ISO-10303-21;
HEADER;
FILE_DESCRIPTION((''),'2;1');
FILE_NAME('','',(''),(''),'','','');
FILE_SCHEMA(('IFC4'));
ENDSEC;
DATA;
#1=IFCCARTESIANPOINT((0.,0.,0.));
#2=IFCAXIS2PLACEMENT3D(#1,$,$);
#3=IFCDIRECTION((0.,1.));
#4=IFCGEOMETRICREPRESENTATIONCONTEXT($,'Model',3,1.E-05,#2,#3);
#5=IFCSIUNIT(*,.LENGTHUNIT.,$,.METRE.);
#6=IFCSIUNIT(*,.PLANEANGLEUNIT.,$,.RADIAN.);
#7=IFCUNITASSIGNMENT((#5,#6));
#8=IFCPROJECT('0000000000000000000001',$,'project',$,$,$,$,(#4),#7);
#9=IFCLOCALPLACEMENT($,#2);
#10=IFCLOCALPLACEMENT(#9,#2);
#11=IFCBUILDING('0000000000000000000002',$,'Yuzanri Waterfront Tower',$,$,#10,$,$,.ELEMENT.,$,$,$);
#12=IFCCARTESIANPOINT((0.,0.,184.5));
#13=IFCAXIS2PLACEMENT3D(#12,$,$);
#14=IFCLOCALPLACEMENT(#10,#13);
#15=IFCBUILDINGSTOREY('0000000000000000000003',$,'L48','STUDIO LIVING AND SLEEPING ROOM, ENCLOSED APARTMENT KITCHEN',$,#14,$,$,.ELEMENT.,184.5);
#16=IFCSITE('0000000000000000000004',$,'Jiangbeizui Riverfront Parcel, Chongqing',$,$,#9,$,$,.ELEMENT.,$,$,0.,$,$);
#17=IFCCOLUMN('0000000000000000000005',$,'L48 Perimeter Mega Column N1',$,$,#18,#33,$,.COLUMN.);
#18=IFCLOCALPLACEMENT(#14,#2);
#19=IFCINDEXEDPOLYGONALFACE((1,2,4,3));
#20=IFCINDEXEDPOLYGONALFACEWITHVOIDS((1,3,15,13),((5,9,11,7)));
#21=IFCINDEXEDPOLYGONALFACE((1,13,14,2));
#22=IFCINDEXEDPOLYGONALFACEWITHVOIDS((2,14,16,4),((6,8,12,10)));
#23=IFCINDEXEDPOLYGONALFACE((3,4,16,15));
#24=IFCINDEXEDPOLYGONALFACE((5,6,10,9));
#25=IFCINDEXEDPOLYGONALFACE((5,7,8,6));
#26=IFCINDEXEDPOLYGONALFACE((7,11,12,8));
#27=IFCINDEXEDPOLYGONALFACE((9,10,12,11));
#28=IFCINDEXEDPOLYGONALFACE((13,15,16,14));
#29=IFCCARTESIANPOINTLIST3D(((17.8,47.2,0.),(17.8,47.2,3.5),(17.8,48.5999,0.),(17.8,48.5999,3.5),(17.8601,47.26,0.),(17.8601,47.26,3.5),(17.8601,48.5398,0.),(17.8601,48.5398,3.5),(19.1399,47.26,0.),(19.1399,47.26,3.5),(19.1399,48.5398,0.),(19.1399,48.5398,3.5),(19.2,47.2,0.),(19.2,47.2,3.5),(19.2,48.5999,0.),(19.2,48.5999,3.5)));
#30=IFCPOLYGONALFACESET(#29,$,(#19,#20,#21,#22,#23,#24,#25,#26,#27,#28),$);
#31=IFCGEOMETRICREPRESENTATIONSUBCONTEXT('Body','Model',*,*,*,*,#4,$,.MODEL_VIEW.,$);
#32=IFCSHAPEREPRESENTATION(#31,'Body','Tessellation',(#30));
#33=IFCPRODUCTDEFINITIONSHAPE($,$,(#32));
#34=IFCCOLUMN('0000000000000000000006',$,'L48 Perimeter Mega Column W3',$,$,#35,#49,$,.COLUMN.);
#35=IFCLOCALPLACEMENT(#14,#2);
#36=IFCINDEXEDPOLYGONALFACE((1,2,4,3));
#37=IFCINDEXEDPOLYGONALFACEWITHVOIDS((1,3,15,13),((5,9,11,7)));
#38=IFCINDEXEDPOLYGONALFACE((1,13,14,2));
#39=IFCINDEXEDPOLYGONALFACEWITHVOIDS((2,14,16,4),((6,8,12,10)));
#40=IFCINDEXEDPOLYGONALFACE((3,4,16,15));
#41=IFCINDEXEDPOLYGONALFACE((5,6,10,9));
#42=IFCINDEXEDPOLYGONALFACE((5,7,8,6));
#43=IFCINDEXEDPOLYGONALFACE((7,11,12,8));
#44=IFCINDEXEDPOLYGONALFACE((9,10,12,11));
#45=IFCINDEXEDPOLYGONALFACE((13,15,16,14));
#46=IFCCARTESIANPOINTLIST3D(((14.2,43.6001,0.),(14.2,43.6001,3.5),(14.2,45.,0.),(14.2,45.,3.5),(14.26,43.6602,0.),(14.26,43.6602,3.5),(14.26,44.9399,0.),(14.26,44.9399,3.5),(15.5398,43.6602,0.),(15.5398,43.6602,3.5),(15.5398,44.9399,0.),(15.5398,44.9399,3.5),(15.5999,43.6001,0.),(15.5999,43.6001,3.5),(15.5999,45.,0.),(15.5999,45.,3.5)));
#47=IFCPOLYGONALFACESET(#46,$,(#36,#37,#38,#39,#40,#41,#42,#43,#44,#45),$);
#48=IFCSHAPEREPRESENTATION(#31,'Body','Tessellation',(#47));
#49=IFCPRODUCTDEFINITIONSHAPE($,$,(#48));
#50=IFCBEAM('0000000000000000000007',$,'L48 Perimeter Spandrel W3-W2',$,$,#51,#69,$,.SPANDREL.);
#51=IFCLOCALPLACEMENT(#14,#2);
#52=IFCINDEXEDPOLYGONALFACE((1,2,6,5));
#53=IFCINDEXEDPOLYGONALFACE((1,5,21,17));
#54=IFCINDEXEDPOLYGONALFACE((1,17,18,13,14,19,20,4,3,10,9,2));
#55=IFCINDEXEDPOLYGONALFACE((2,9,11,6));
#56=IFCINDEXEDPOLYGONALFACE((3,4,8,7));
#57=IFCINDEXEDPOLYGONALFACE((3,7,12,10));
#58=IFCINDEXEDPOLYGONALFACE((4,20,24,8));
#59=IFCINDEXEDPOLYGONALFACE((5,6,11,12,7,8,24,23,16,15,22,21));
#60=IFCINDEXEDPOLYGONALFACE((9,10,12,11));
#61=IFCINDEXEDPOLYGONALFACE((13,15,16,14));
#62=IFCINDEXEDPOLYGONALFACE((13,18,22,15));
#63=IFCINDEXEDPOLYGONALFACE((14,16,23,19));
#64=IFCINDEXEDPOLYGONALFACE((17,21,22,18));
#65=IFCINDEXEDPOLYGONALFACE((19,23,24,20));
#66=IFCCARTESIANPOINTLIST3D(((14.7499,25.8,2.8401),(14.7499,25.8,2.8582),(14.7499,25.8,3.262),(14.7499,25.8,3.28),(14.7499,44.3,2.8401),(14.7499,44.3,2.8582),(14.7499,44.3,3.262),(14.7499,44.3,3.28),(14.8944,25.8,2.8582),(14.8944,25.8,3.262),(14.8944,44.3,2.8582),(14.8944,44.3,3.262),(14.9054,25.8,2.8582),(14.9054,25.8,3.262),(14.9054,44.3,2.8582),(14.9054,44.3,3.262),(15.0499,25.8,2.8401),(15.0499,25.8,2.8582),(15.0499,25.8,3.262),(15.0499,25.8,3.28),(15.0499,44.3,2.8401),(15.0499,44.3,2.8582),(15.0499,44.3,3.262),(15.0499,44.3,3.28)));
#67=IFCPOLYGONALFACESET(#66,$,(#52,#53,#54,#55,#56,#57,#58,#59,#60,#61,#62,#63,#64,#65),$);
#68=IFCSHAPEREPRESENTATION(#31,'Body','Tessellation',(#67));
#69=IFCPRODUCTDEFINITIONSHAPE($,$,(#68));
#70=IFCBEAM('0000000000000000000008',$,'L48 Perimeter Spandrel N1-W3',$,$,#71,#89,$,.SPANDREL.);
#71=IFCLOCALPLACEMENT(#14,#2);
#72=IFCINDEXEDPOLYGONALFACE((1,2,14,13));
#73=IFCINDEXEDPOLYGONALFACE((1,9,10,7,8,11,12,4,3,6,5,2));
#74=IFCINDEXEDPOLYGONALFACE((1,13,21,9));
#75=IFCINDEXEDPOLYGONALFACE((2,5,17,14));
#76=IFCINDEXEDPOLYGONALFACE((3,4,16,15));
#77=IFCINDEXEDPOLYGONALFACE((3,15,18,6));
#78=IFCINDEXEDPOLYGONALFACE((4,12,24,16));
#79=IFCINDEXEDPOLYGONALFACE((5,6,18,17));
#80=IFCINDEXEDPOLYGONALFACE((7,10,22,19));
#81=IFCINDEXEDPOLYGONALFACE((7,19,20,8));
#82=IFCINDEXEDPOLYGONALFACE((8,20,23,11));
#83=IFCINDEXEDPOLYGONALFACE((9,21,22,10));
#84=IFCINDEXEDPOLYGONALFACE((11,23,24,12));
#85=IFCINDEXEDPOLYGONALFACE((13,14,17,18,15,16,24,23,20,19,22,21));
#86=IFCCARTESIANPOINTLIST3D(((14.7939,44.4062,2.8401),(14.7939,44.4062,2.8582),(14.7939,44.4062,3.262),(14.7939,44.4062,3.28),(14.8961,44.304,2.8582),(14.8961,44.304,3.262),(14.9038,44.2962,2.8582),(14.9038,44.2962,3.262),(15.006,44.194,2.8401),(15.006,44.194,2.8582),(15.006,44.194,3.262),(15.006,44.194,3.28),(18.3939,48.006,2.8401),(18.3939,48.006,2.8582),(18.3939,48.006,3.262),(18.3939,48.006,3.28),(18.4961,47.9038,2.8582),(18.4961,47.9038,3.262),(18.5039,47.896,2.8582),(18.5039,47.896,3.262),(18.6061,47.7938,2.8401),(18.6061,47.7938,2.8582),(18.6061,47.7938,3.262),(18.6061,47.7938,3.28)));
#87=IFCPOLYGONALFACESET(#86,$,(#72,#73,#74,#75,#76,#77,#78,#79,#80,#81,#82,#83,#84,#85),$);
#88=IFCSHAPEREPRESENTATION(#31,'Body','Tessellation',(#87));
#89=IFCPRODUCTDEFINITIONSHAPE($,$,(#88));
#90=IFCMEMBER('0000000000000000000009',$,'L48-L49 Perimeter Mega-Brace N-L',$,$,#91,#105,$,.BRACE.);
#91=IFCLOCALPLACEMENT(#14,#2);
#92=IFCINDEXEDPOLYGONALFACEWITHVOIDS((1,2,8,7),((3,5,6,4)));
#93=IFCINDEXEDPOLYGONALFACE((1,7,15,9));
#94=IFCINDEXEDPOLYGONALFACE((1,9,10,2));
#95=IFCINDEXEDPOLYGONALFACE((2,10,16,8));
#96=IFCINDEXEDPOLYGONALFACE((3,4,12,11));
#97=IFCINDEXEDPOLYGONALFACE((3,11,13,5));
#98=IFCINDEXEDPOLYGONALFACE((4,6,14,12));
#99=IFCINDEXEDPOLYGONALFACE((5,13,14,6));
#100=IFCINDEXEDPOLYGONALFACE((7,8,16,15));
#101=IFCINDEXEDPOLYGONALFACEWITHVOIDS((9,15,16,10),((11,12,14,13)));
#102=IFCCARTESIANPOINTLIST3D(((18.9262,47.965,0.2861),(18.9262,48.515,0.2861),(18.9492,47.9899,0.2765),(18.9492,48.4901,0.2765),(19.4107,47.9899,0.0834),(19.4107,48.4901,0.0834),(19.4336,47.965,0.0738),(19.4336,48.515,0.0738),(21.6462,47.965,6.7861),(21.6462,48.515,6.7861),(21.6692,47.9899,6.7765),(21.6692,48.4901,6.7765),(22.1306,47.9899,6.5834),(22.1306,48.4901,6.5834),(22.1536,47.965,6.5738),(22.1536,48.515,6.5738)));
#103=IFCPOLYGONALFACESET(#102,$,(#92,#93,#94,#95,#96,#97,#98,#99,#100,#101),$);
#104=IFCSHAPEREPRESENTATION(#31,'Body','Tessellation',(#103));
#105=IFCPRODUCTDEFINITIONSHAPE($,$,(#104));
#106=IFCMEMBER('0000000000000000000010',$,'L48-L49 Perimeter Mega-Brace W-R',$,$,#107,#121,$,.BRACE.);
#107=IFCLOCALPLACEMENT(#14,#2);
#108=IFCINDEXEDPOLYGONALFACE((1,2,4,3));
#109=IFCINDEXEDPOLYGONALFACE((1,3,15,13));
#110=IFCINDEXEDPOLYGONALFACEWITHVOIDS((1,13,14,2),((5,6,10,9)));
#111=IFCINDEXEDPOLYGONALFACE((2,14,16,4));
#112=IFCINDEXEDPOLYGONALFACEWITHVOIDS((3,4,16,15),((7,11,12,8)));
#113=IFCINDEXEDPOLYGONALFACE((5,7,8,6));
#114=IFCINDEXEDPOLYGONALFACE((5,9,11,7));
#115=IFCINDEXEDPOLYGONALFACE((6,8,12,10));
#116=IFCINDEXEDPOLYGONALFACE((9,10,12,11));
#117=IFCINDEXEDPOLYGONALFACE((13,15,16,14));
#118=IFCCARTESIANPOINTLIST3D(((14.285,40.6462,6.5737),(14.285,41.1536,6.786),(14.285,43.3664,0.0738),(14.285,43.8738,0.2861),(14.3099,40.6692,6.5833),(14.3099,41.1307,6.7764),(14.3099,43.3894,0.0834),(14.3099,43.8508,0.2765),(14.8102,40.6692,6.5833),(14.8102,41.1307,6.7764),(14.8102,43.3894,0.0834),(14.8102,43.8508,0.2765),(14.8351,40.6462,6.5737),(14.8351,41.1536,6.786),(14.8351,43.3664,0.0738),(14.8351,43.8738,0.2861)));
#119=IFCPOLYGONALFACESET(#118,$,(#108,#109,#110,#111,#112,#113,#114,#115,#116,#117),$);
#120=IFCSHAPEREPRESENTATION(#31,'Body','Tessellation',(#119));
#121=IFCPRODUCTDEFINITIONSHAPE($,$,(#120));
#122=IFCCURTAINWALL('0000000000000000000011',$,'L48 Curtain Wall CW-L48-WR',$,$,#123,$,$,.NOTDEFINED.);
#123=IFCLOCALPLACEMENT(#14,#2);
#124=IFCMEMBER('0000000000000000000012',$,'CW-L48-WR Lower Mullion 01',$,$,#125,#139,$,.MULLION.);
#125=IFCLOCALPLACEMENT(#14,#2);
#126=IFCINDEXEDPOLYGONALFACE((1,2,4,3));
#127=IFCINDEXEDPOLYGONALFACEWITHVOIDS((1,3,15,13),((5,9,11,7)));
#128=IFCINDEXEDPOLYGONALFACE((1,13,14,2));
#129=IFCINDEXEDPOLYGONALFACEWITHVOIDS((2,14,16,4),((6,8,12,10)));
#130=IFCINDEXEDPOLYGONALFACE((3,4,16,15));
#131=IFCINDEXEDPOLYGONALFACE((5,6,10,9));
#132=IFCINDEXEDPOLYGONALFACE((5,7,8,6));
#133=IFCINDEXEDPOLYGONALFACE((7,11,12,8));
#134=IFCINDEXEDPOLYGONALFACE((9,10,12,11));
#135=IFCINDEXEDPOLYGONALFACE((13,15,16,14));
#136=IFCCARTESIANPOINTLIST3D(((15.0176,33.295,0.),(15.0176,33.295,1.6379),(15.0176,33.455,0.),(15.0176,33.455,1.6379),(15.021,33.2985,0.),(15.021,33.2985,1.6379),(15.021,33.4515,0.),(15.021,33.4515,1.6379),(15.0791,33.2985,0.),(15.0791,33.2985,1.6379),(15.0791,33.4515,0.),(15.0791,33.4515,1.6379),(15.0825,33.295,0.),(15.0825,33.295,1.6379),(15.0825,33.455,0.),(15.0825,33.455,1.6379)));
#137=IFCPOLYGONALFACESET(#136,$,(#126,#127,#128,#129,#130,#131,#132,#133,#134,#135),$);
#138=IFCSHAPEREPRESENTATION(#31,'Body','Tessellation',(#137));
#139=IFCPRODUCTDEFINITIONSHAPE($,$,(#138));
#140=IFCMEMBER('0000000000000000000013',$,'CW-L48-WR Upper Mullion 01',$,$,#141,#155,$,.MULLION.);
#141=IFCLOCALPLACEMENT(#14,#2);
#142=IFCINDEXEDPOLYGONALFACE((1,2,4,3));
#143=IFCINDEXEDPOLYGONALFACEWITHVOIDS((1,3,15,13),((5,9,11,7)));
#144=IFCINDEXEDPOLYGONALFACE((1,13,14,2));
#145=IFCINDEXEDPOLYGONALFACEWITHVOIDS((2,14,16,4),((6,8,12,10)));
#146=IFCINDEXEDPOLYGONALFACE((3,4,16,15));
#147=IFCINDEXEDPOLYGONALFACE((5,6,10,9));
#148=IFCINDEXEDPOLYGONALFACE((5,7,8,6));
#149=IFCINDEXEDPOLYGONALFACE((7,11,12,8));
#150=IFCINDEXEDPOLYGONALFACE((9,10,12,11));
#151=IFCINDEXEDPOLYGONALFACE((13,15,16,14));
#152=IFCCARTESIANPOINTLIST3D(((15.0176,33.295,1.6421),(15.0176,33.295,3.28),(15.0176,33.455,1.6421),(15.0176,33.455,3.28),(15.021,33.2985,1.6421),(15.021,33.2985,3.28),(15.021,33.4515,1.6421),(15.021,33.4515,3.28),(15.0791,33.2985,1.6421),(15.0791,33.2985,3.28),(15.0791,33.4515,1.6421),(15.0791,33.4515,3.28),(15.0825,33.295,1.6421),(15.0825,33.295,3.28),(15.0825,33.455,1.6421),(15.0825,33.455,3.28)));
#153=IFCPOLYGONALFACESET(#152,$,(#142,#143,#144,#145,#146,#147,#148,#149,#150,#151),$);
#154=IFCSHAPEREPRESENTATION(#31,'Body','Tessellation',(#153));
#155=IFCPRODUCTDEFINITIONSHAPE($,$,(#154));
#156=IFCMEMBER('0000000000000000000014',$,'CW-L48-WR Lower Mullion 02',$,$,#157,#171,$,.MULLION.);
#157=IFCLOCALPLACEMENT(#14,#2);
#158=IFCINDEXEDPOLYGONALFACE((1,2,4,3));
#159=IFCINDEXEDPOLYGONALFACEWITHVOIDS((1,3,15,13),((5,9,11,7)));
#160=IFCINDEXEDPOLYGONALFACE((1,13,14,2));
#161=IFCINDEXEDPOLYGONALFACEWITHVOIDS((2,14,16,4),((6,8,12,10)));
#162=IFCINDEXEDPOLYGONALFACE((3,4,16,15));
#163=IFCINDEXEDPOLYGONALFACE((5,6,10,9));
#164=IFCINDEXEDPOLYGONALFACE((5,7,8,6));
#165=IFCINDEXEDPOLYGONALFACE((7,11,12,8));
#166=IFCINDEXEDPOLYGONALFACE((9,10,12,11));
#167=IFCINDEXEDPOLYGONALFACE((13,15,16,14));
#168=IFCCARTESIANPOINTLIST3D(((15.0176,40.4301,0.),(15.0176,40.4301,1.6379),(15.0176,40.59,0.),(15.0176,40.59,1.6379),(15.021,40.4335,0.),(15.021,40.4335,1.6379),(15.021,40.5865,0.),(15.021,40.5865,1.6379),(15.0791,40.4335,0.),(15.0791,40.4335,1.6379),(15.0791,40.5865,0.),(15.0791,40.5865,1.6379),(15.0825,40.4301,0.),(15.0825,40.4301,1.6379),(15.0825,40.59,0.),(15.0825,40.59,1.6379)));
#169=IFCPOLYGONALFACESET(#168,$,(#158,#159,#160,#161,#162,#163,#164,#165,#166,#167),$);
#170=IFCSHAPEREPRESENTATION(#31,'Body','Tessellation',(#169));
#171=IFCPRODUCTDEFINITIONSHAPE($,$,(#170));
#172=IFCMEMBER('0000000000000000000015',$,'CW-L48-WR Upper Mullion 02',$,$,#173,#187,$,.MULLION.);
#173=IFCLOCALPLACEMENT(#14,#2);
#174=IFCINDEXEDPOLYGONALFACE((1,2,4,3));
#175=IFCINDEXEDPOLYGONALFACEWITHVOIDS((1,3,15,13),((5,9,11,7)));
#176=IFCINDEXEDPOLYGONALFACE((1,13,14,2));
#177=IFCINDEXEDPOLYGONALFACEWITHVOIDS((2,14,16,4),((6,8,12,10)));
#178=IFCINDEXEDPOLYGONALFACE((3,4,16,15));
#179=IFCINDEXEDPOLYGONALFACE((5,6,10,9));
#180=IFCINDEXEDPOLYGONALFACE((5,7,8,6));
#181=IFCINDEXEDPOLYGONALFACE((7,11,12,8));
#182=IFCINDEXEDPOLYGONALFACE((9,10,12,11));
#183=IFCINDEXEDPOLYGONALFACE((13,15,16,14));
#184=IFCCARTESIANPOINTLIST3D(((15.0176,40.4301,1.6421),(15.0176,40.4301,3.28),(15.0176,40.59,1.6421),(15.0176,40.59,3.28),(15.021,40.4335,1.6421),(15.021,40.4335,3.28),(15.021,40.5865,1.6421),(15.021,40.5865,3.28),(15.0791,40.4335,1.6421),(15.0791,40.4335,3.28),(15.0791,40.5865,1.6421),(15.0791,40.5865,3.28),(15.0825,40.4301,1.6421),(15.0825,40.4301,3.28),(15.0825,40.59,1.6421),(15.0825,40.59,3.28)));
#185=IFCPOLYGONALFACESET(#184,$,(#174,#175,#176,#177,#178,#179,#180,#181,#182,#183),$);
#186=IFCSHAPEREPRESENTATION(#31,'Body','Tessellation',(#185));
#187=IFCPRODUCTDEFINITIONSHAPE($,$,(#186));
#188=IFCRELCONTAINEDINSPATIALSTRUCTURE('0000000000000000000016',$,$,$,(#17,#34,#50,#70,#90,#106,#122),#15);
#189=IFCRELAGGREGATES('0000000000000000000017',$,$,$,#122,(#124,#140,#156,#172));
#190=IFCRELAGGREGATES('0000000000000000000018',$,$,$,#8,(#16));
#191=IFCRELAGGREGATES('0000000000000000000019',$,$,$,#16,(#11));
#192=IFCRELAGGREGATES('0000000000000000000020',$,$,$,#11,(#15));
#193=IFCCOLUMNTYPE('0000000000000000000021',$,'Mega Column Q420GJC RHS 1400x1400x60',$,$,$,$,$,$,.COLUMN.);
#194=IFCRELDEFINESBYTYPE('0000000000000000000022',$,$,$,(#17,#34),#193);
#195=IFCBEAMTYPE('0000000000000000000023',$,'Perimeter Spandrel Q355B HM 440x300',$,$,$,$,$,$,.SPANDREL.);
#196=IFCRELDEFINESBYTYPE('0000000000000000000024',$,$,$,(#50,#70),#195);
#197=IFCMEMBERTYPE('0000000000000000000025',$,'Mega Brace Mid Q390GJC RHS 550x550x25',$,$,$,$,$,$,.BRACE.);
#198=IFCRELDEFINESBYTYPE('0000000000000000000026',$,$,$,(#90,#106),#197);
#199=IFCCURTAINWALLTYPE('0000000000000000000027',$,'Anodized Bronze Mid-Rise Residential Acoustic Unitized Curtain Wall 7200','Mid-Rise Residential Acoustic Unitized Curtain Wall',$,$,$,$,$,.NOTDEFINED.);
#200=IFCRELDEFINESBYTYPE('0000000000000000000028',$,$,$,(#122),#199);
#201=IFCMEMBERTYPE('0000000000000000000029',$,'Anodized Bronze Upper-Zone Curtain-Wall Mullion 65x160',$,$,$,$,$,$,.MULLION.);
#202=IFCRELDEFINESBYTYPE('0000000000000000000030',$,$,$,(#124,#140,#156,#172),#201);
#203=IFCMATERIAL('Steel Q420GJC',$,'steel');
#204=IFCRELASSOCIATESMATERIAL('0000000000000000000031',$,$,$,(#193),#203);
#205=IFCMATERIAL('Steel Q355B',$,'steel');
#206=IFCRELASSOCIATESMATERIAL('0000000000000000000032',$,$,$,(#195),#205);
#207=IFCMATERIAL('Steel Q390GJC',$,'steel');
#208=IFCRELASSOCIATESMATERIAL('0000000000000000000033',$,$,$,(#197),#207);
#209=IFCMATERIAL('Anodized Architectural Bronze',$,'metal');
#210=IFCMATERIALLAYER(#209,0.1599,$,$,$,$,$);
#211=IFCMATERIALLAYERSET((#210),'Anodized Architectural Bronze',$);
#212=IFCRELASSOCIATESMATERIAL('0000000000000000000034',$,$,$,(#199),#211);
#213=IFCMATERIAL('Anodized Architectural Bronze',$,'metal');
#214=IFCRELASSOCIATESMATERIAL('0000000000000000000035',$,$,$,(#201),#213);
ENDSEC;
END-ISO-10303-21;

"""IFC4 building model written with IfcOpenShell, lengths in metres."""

from ifc_helpers import new_model, si_unit, direction, frame, origin, origin_2d, place, context, subcontext, project, spatial, hollow_rectangle, i_section, extrude, source, transform, mapped, material, layer, layer_set, material_profile, profile_set, type_object, element, aggregate, save


model = new_model("IFC4")

# Units and contexts
model_context = context("Model", 3, precision=1e-05, world=origin(), true_north=direction((0.0, 1.0)))
body_context = subcontext(model_context, "Body", "Model", "MODEL_VIEW")
ifc_project = project(units=[si_unit("LENGTHUNIT", "METRE"), si_unit("PLANEANGLEUNIT", "RADIAN")], contexts=[model_context])

# Site, building, storey
site_placement = place(None, origin())
site = spatial("IfcSite", under=ifc_project, at=site_placement, Name="Jiangbeizui Riverfront Parcel, Chongqing", CompositionType="ELEMENT", RefElevation=0.0)
building_placement = place(site_placement, origin())
building = spatial("IfcBuilding", under=site, at=building_placement, Name="Yuzanri Waterfront Tower", CompositionType="ELEMENT")
storey_placement = place(building_placement, frame((0.0, 0.0, 184.5)))
storey = spatial("IfcBuildingStorey", under=building, at=storey_placement, Name="L48", Description="STUDIO LIVING AND SLEEPING ROOM, ENCLOSED APARTMENT KITCHEN", CompositionType="ELEMENT", Elevation=184.5)

# Columns
ifc_material_1 = material(Name="Steel Q420GJC", Category="steel")
ifc_material_profile_1 = material_profile(ifc_material_1, hollow_rectangle(XDim=1.3999, YDim=1.3999, WallThickness=0.0601, at=origin_2d()), Name="RHS 1400x1400x60")
ifc_profile_set_1 = profile_set([ifc_material_profile_1], Name="Steel Q420GJC")
column_type = type_object("IfcColumnType", Name="Mega Column Q420GJC RHS 1400x1400x60", PredefinedType="COLUMN", material=ifc_profile_set_1)
shared_shape_1 = source(origin(), body_context, "Body", "SweptSolid", [
    extrude(hollow_rectangle(XDim=1.3999, YDim=1.3999, WallThickness=0.0601, at=origin_2d()), origin(), (0.0, 0.0, 1.0), 3.5),
])
for number, where, z_axis, x_axis, name in (
    (1, (18.5, 47.8999, 0.0), (0.0, 0.0, 1.0), (1.0, 0.0, 0.0), "L48 Perimeter Mega Column N1"),
    (2, (14.8999, 44.3, 0.0), (0.0, 0.0, 1.0), (1.0, 0.0, 0.0), "L48 Perimeter Mega Column W3"),
):
    element("IfcColumn", number, at=place(storey_placement, frame(where, z_axis=z_axis, x_axis=x_axis)), inside=storey, type_object=column_type, Name=name, PredefinedType="COLUMN", context=body_context, shape_type="MappedRepresentation", body=[
        mapped(shared_shape_1, transform((0.0, 0.0, 0.0), scale=1.0)),
    ])

# Beams
ifc_material_2 = material(Name="Steel Q355B", Category="steel")
ifc_material_profile_2 = material_profile(ifc_material_2, i_section(OverallWidth=0.3, OverallDepth=0.4399, WebThickness=0.011, FlangeThickness=0.0181, at=origin_2d()), Name="HM 440x300x11x18")
ifc_profile_set_2 = profile_set([ifc_material_profile_2], Name="Steel Q355B")
beam_type = type_object("IfcBeamType", Name="Perimeter Spandrel Q355B HM 440x300", PredefinedType="SPANDREL", material=ifc_profile_set_2)
shared_shape_2 = source(origin(), body_context, "Body", "SweptSolid", [
    extrude(i_section(OverallWidth=0.3, OverallDepth=0.4399, WebThickness=0.011, FlangeThickness=0.0181, at=origin_2d()), origin(), (0.0, 0.0, 1.0), 18.5),
])
beam_1_placement = place(storey_placement, frame((14.8999, 44.3, 3.0601), z_axis=(0.0, -1.0, 0.0), x_axis=(1.0, 0.0, 0.0)))
element("IfcBeam", 3, at=beam_1_placement, inside=storey, type_object=beam_type, Name="L48 Perimeter Spandrel W3-W2", PredefinedType="SPANDREL", context=body_context, shape_type="MappedRepresentation", body=[
    mapped(shared_shape_2, transform((0.0, 0.0, 0.0), scale=1.0)),
])
shared_shape_3 = source(origin(), body_context, "Body", "SweptSolid", [
    extrude(i_section(OverallWidth=0.3, OverallDepth=0.4399, WebThickness=0.011, FlangeThickness=0.0181, at=origin_2d()), origin(), (0.0, 0.0, 1.0), 5.0911),
])
beam_2_placement = place(storey_placement, frame((18.5, 47.8999, 3.0601), z_axis=(-0.707131, -0.707083, 0.0), x_axis=(0.707083, -0.707131, 0.0)))
element("IfcBeam", 4, at=beam_2_placement, inside=storey, type_object=beam_type, Name="L48 Perimeter Spandrel N1-W3", PredefinedType="SPANDREL", context=body_context, shape_type="MappedRepresentation", body=[
    mapped(shared_shape_3, transform((0.0, 0.0, 0.0), scale=1.0)),
])

# Members
ifc_material_3 = material(Name="Steel Q390GJC", Category="steel")
ifc_material_profile_3 = material_profile(ifc_material_3, hollow_rectangle(XDim=0.55, YDim=0.55, WallThickness=0.0249, at=origin_2d()), Name="RHS 550x550x25")
ifc_profile_set_3 = profile_set([ifc_material_profile_3], Name="Steel Q390GJC")
member_type_1 = type_object("IfcMemberType", Name="Mega Brace Mid Q390GJC RHS 550x550x25", PredefinedType="BRACE", material=ifc_profile_set_3)
shared_shape_4 = source(origin(), body_context, "Body", "SweptSolid", [
    extrude(hollow_rectangle(XDim=0.55, YDim=0.55, WallThickness=0.0249, at=origin_2d()), origin(), (0.0, 0.0, 1.0), 7.0461),
])
for number, where, z_axis, x_axis, name in (
    (5, (19.1799, 48.24, 0.1799), (0.386022, 0.0, 0.922489), (0.0, 1.0, 0.0), "L48-L49 Perimeter Mega-Brace N-L"),
    (6, (14.5601, 43.6201, 0.1799), (0.0, -0.386052, 0.922477), (1.0, 0.0, 0.0), "L48-L49 Perimeter Mega-Brace W-R"),
):
    element("IfcMember", number, at=place(storey_placement, frame(where, z_axis=z_axis, x_axis=x_axis)), inside=storey, type_object=member_type_1, Name=name, PredefinedType="BRACE", context=body_context, shape_type="MappedRepresentation", body=[
        mapped(shared_shape_4, transform((0.0, 0.0, 0.0), scale=1.0)),
    ])

# Curtain wall, members
ifc_material_4 = material(Name="Anodized Architectural Bronze", Category="metal")
ifc_layer_1 = layer(ifc_material_4, 0.1599)
ifc_layer_set_1 = layer_set([ifc_layer_1], Name="Anodized Architectural Bronze")
curtain_wall_type = type_object("IfcCurtainWallType", Name="Anodized Bronze Mid-Rise Residential Acoustic Unitized Curtain Wall 7200", Description="Mid-Rise Residential Acoustic Unitized Curtain Wall", PredefinedType="NOTDEFINED", material=ifc_layer_set_1)
curtain_wall_placement = place(storey_placement, origin())
curtain_wall = element("IfcCurtainWall", 7, at=curtain_wall_placement, inside=storey, type_object=curtain_wall_type, Name="L48 Curtain Wall CW-L48-WR", PredefinedType="NOTDEFINED")
ifc_material_5 = material(Name="Anodized Architectural Bronze", Category="metal")
ifc_material_profile_4 = material_profile(ifc_material_5, hollow_rectangle(XDim=0.0649, YDim=0.1599, WallThickness=0.0034, at=origin_2d()), Name="CWM 65x160")
ifc_profile_set_4 = profile_set([ifc_material_profile_4], Name="Anodized Architectural Bronze")
member_type_2 = type_object("IfcMemberType", Name="Anodized Bronze Upper-Zone Curtain-Wall Mullion 65x160", PredefinedType="MULLION", material=ifc_profile_set_4)
shared_shape_5 = source(origin(), body_context, "Body", "SweptSolid", [
    extrude(hollow_rectangle(XDim=0.0649, YDim=0.1599, WallThickness=0.0034, at=origin_2d()), origin(), (0.0, 0.0, 1.0), 1.6379),
])
member_1_placement = place(storey_placement, frame((15.05, 33.375, 0.0), z_axis=(0.0, 0.0, 1.0), x_axis=(1.0, 0.0, 0.0)))
member_1 = element("IfcMember", 8, at=member_1_placement, type_object=member_type_2, Name="CW-L48-WR Lower Mullion 01", PredefinedType="MULLION", context=body_context, shape_type="MappedRepresentation", body=[
    mapped(shared_shape_5, transform((0.0, 0.0, 0.0), scale=1.0)),
])
member_2_placement = place(storey_placement, frame((15.05, 33.375, 1.6421), z_axis=(0.0, 0.0, 1.0), x_axis=(1.0, 0.0, 0.0)))
member_2 = element("IfcMember", 9, at=member_2_placement, type_object=member_type_2, Name="CW-L48-WR Upper Mullion 01", PredefinedType="MULLION", context=body_context, shape_type="MappedRepresentation", body=[
    mapped(shared_shape_5, transform((0.0, 0.0, 0.0), scale=1.0)),
])
member_3_placement = place(storey_placement, frame((15.05, 40.51, 0.0), z_axis=(0.0, 0.0, 1.0), x_axis=(1.0, 0.0, 0.0)))
member_3 = element("IfcMember", 10, at=member_3_placement, type_object=member_type_2, Name="CW-L48-WR Lower Mullion 02", PredefinedType="MULLION", context=body_context, shape_type="MappedRepresentation", body=[
    mapped(shared_shape_5, transform((0.0, 0.0, 0.0), scale=1.0)),
])
member_4_placement = place(storey_placement, frame((15.05, 40.51, 1.6421), z_axis=(0.0, 0.0, 1.0), x_axis=(1.0, 0.0, 0.0)))
member_4 = element("IfcMember", 11, at=member_4_placement, type_object=member_type_2, Name="CW-L48-WR Upper Mullion 02", PredefinedType="MULLION", context=body_context, shape_type="MappedRepresentation", body=[
    mapped(shared_shape_5, transform((0.0, 0.0, 0.0), scale=1.0)),
])

aggregate(curtain_wall, [member_1, member_2, member_3, member_4])

save(model, "model.ifc")
